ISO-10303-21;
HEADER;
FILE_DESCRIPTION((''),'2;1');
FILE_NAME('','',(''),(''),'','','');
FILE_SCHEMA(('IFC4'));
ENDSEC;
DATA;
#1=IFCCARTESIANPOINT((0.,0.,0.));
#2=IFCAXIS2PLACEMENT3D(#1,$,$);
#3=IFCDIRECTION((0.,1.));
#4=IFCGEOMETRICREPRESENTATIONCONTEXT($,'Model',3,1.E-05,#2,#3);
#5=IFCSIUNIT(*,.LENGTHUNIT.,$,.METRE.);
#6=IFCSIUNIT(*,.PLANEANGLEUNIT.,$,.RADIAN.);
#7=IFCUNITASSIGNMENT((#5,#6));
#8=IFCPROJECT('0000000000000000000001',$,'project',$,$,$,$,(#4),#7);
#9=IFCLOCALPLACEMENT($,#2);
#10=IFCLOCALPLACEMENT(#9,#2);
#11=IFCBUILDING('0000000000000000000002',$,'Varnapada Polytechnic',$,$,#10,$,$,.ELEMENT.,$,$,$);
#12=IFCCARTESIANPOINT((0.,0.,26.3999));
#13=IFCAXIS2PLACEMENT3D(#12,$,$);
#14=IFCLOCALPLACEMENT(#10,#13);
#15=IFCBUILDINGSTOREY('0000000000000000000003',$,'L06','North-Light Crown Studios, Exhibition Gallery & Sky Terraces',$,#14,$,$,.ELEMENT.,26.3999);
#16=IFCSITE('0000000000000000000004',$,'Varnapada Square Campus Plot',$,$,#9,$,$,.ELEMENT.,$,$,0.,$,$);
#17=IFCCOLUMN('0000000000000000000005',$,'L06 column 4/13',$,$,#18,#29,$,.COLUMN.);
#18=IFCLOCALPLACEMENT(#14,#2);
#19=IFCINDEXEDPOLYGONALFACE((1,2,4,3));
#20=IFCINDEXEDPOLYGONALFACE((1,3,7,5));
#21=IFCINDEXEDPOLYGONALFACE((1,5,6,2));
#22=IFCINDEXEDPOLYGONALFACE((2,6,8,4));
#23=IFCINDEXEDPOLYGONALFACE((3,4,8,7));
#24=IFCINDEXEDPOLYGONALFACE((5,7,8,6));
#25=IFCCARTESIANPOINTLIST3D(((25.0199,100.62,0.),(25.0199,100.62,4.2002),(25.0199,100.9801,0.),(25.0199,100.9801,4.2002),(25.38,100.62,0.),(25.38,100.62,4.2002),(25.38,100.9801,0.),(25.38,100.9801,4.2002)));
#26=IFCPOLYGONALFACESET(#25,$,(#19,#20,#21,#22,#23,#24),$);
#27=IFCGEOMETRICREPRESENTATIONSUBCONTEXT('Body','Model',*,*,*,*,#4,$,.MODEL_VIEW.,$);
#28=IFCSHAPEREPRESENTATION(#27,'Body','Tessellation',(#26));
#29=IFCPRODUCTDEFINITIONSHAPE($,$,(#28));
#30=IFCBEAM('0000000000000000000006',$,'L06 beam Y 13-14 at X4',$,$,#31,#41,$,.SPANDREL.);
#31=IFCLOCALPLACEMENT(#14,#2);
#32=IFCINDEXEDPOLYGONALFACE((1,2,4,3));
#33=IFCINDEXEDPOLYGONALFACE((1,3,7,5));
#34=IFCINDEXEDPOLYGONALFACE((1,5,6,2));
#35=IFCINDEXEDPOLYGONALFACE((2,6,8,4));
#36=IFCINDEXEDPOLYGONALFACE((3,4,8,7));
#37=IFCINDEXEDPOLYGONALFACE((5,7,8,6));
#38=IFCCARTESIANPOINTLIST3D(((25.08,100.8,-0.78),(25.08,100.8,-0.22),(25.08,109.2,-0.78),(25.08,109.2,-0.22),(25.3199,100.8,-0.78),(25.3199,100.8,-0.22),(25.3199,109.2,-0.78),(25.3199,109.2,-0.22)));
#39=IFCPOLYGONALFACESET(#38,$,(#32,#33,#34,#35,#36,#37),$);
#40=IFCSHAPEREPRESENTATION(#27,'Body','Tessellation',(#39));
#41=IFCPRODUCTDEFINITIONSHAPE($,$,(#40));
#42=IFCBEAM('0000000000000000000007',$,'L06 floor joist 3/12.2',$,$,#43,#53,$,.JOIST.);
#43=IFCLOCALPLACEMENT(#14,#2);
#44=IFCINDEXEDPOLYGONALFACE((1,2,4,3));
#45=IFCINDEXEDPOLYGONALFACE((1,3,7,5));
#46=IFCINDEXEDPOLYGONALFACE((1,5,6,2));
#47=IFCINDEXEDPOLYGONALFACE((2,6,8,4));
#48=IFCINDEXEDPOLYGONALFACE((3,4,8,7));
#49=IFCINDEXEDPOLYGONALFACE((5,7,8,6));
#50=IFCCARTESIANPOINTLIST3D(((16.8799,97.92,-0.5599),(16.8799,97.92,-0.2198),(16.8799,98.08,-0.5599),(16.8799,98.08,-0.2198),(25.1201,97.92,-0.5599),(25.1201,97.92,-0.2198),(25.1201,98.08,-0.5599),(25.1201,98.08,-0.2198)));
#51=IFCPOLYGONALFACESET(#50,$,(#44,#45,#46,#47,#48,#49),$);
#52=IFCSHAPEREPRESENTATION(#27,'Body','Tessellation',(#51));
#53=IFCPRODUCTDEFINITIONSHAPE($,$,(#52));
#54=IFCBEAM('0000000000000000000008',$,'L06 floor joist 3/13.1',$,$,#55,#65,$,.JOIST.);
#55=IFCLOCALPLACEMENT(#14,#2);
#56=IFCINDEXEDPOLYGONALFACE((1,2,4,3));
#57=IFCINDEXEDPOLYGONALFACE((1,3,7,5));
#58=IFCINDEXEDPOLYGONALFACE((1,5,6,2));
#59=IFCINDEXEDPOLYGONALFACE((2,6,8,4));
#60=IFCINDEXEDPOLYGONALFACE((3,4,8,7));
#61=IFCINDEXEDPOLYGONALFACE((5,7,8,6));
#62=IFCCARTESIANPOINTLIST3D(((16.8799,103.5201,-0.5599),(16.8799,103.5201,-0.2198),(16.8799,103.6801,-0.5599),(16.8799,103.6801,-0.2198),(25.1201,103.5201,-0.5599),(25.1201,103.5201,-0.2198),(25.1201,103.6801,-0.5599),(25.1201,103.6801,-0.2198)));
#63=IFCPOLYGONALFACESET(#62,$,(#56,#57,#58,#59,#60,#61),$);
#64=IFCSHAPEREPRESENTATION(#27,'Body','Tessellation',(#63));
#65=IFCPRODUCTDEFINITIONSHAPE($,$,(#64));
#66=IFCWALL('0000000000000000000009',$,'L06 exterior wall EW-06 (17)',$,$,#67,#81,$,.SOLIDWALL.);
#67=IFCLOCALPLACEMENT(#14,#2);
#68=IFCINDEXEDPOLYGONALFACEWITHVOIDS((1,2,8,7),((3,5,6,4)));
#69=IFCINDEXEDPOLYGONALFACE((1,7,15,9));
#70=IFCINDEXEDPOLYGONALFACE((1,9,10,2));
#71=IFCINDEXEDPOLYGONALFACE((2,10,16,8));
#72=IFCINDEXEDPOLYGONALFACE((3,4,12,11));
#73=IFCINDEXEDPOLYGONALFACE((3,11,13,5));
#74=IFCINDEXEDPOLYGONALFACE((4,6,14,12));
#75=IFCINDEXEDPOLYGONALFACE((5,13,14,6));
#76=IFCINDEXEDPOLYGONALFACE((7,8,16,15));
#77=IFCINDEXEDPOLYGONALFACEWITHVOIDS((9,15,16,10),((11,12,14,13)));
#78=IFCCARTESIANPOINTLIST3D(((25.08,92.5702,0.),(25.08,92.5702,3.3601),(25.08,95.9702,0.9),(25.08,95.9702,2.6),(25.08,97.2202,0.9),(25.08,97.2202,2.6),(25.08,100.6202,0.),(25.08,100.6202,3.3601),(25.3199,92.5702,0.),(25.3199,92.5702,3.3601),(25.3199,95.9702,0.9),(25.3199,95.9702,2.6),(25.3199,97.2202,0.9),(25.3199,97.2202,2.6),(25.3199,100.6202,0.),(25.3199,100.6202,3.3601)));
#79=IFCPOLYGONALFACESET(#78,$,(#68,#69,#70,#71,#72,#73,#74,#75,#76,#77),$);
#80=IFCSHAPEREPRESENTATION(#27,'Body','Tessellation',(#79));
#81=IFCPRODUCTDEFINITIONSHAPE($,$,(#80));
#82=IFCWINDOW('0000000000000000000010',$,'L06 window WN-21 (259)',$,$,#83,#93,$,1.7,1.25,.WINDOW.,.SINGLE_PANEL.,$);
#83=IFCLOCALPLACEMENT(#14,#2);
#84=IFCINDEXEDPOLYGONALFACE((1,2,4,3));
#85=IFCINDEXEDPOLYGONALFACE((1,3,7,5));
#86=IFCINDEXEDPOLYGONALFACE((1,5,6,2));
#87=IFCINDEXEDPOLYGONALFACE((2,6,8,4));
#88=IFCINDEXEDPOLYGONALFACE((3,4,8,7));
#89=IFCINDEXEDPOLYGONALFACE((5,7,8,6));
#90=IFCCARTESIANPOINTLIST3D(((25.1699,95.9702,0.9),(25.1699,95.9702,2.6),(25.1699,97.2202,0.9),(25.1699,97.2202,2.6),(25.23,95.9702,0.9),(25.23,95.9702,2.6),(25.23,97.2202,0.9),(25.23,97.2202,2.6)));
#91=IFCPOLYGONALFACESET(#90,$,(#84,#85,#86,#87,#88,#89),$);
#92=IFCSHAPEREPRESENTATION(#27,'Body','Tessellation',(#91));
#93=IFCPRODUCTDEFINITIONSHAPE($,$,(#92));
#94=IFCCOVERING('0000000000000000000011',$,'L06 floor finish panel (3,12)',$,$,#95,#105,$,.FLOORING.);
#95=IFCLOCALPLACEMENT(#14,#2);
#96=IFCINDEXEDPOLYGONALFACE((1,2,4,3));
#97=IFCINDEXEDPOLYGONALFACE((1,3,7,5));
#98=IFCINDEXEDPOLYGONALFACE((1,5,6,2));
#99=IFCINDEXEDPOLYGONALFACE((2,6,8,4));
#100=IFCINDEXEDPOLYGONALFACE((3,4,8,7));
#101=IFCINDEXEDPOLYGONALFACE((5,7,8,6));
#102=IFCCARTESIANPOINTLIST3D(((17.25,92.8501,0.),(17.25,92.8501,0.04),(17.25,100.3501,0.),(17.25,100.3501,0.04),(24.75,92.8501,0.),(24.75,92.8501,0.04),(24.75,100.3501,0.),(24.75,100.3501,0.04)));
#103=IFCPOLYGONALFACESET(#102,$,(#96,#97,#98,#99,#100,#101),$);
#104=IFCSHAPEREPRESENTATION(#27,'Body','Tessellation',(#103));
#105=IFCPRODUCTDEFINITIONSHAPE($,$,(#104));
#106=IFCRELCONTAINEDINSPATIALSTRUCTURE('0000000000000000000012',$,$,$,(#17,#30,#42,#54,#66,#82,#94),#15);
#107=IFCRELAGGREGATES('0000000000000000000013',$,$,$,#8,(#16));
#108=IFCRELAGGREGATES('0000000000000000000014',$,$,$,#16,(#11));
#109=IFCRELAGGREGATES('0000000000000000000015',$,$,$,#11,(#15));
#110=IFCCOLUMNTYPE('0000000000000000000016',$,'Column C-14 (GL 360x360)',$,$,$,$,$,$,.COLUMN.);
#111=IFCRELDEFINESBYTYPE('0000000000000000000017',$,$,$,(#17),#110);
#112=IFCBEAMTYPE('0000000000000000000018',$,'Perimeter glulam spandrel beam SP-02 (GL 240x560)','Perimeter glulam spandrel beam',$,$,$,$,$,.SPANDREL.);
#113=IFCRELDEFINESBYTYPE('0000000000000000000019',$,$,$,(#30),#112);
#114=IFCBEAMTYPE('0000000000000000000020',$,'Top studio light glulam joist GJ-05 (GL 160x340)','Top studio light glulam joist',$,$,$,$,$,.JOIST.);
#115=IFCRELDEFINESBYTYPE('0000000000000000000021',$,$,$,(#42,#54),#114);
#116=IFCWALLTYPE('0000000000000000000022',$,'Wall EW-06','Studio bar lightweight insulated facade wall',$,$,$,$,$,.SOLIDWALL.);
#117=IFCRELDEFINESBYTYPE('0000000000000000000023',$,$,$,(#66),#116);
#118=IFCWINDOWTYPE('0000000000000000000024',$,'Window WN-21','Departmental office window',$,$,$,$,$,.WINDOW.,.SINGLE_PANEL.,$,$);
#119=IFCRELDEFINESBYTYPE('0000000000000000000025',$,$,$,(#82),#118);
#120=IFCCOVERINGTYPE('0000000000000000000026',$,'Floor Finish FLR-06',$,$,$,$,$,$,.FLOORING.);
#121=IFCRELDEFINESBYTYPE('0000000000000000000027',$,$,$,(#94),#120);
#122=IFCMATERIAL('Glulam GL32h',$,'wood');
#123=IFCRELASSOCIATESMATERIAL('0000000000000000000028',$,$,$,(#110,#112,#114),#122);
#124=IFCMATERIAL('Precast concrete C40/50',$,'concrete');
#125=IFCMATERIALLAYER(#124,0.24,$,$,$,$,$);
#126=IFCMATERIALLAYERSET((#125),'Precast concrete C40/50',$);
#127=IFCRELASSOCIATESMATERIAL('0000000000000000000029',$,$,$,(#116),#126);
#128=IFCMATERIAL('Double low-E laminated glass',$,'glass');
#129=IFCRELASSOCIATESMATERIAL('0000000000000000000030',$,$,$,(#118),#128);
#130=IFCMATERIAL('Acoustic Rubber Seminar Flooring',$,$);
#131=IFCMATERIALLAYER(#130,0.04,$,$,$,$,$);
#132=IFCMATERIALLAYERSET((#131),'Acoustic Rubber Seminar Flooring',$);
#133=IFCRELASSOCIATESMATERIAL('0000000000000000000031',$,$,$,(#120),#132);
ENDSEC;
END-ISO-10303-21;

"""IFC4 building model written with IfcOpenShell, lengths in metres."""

from ifc_helpers import new_model, si_unit, direction, frame, frame_2d, origin, origin_2d, place, context, subcontext, project, spatial, rectangle, extrude, material, layer, layer_set, material_profile, profile_set, type_object, element, fill, save


model = new_model("IFC4")

# Units and contexts
model_context = context("Model", 3, precision=1e-05, world=origin(), true_north=direction((0.0, 1.0)))
body_context = subcontext(model_context, "Body", "Model", "MODEL_VIEW")
ifc_project = project(units=[si_unit("LENGTHUNIT", "METRE"), si_unit("PLANEANGLEUNIT", "RADIAN")], contexts=[model_context])

# Site, building, storey
site_placement = place(None, origin())
site = spatial("IfcSite", under=ifc_project, at=site_placement, Name="Varnapada Square Campus Plot", CompositionType="ELEMENT", RefElevation=0.0)
building_placement = place(site_placement, origin())
building = spatial("IfcBuilding", under=site, at=building_placement, Name="Varnapada Polytechnic", CompositionType="ELEMENT")
storey_placement = place(building_placement, frame((0.0, 0.0, 26.3999)))
storey = spatial("IfcBuildingStorey", under=building, at=storey_placement, Name="L06", Description="North-Light Crown Studios, Exhibition Gallery & Sky Terraces", CompositionType="ELEMENT", Elevation=26.3999)

# Column
ifc_material_1 = material(Name="Glulam GL32h", Category="wood")
ifc_material_profile_1 = material_profile(ifc_material_1, rectangle(XDim=0.3601, YDim=0.3601, at=origin_2d()), Name="GL 360x360")
ifc_profile_set_1 = profile_set([ifc_material_profile_1], Name="Glulam GL32h")
column_type = type_object("IfcColumnType", Name="Column C-14 (GL 360x360)", PredefinedType="COLUMN", material=ifc_profile_set_1)
column_placement = place(storey_placement, frame((25.2, 100.8, 0.0), z_axis=(0.0, 0.0, 1.0), x_axis=(1.0, 0.0, 0.0)))
element("IfcColumn", 1, at=column_placement, inside=storey, type_object=column_type, Name="L06 column 4/13", PredefinedType="COLUMN", context=body_context, shape_type="SweptSolid", body=[
    extrude(rectangle(XDim=0.3601, YDim=0.3601, at=origin_2d()), origin(), (0.0, 0.0, 1.0), 4.2002),
])

# Beams
ifc_material_profile_2 = material_profile(ifc_material_1, rectangle(XDim=0.24, YDim=0.5601, at=origin_2d()), Name="GL 240x560")
ifc_profile_set_2 = profile_set([ifc_material_profile_2], Name="Glulam GL32h")
beam_type_1 = type_object("IfcBeamType", Name="Perimeter glulam spandrel beam SP-02 (GL 240x560)", Description="Perimeter glulam spandrel beam", PredefinedType="SPANDREL", material=ifc_profile_set_2)
beam_placement = place(storey_placement, frame((25.2, 100.8, -0.5), z_axis=(0.0, 1.0, 0.0), x_axis=(-1.0, 0.0, 0.0)))
element("IfcBeam", 2, at=beam_placement, inside=storey, type_object=beam_type_1, Name="L06 beam Y 13-14 at X4", PredefinedType="SPANDREL", context=body_context, shape_type="SweptSolid", body=[
    extrude(rectangle(XDim=0.24, YDim=0.5601, at=origin_2d()), origin(), (0.0, 0.0, 1.0), 8.3999),
])
ifc_material_profile_3 = material_profile(ifc_material_1, rectangle(XDim=0.1599, YDim=0.3401, at=origin_2d()), Name="GL 160x340")
ifc_profile_set_3 = profile_set([ifc_material_profile_3], Name="Glulam GL32h")
beam_type_2 = type_object("IfcBeamType", Name="Top studio light glulam joist GJ-05 (GL 160x340)", Description="Top studio light glulam joist", PredefinedType="JOIST", material=ifc_profile_set_3)
for number, where, z_axis, x_axis, name in (
    (3, (16.8799, 98.0, -0.3899), (1.0, 0.0, 0.0), (0.0, 1.0, 0.0), "L06 floor joist 3/12.2"),
    (4, (16.8799, 103.6001, -0.3899), (1.0, 0.0, 0.0), (0.0, 1.0, 0.0), "L06 floor joist 3/13.1"),
):
    element("IfcBeam", number, at=place(storey_placement, frame(where, z_axis=z_axis, x_axis=x_axis)), inside=storey, type_object=beam_type_2, Name=name, PredefinedType="JOIST", context=body_context, shape_type="SweptSolid", body=[
        extrude(rectangle(XDim=0.1599, YDim=0.3401, at=origin_2d()), origin(), (0.0, 0.0, 1.0), 8.2402),
    ])

# Wall, opening, window
ifc_material_2 = material(Name="Precast concrete C40/50", Category="concrete")
ifc_layer_1 = layer(ifc_material_2, 0.24)
ifc_layer_set_1 = layer_set([ifc_layer_1], Name="Precast concrete C40/50")
wall_type = type_object("IfcWallType", Name="Wall EW-06", Description="Studio bar lightweight insulated facade wall", PredefinedType="SOLIDWALL", material=ifc_layer_set_1)
wall_placement = place(storey_placement, frame((25.2, 100.6201, 0.0), z_axis=(0.0, 0.0, 1.0), x_axis=(0.0, -1.0, 0.0)))
wall = element("IfcWall", 5, at=wall_placement, inside=storey, type_object=wall_type, Name="L06 exterior wall EW-06 (17)", PredefinedType="SOLIDWALL", context=body_context, shape_type="SweptSolid", body=[
    extrude(rectangle(XDim=8.05, YDim=0.24, at=frame_2d((4.0249, 0.0))), origin(), (0.0, 0.0, 1.0), 3.3601),
])
opening_1_placement = place(wall_placement, frame((3.3999, 0.0, 0.8999)))
opening_1 = element("IfcOpeningElement", 6, at=opening_1_placement, cuts=wall, PredefinedType="OPENING", context=body_context, shape_type="SweptSolid", body=[
    extrude(rectangle(XDim=1.25, YDim=1.7, at=frame_2d((0.625, 0.8501))), frame((0.0, 0.1299, 0.0), z_axis=(0.0, -1.0, 0.0), x_axis=(1.0, 0.0, 0.0)), (0.0, 0.0, 1.0), 0.26),
])
ifc_material_3 = material(Name="Double low-E laminated glass", Category="glass")
window_type = type_object("IfcWindowType", Name="Window WN-21", Description="Departmental office window", PartitioningType="SINGLE_PANEL", PredefinedType="WINDOW", material=ifc_material_3)
window_placement = place(opening_1_placement, origin())
window = element("IfcWindow", 7, at=window_placement, inside=storey, type_object=window_type, Name="L06 window WN-21 (259)", OverallHeight=1.7, OverallWidth=1.25, PartitioningType="SINGLE_PANEL", PredefinedType="WINDOW", context=body_context, shape_type="SweptSolid", body=[
    extrude(rectangle(XDim=1.25, YDim=1.7, at=frame_2d((0.625, 0.8501))), frame((0.0, 0.03, 0.0), z_axis=(0.0, -1.0, 0.0), x_axis=(1.0, 0.0, 0.0)), (0.0, 0.0, 1.0), 0.0601),
])
fill(opening_1, window)

# Covering
ifc_material_4 = material(Name="Acoustic Rubber Seminar Flooring")
ifc_layer_2 = layer(ifc_material_4, 0.04)
ifc_layer_set_2 = layer_set([ifc_layer_2], Name="Acoustic Rubber Seminar Flooring")
covering_type_1 = type_object("IfcCoveringType", Name="Floor Finish FLR-06", PredefinedType="FLOORING", material=ifc_layer_set_2)
covering_1_placement = place(storey_placement, frame((21.0, 96.6001, 0.0), z_axis=(0.0, 0.0, 1.0), x_axis=(1.0, 0.0, 0.0)))
element("IfcCovering", 8, at=covering_1_placement, inside=storey, type_object=covering_type_1, Name="L06 floor finish panel (3,12)", PredefinedType="FLOORING", context=body_context, shape_type="SweptSolid", body=[
    extrude(rectangle(XDim=7.5, YDim=7.5, at=origin_2d()), origin(), (0.0, 0.0, 1.0), 0.04),
])

save(model, "model.ifc")
